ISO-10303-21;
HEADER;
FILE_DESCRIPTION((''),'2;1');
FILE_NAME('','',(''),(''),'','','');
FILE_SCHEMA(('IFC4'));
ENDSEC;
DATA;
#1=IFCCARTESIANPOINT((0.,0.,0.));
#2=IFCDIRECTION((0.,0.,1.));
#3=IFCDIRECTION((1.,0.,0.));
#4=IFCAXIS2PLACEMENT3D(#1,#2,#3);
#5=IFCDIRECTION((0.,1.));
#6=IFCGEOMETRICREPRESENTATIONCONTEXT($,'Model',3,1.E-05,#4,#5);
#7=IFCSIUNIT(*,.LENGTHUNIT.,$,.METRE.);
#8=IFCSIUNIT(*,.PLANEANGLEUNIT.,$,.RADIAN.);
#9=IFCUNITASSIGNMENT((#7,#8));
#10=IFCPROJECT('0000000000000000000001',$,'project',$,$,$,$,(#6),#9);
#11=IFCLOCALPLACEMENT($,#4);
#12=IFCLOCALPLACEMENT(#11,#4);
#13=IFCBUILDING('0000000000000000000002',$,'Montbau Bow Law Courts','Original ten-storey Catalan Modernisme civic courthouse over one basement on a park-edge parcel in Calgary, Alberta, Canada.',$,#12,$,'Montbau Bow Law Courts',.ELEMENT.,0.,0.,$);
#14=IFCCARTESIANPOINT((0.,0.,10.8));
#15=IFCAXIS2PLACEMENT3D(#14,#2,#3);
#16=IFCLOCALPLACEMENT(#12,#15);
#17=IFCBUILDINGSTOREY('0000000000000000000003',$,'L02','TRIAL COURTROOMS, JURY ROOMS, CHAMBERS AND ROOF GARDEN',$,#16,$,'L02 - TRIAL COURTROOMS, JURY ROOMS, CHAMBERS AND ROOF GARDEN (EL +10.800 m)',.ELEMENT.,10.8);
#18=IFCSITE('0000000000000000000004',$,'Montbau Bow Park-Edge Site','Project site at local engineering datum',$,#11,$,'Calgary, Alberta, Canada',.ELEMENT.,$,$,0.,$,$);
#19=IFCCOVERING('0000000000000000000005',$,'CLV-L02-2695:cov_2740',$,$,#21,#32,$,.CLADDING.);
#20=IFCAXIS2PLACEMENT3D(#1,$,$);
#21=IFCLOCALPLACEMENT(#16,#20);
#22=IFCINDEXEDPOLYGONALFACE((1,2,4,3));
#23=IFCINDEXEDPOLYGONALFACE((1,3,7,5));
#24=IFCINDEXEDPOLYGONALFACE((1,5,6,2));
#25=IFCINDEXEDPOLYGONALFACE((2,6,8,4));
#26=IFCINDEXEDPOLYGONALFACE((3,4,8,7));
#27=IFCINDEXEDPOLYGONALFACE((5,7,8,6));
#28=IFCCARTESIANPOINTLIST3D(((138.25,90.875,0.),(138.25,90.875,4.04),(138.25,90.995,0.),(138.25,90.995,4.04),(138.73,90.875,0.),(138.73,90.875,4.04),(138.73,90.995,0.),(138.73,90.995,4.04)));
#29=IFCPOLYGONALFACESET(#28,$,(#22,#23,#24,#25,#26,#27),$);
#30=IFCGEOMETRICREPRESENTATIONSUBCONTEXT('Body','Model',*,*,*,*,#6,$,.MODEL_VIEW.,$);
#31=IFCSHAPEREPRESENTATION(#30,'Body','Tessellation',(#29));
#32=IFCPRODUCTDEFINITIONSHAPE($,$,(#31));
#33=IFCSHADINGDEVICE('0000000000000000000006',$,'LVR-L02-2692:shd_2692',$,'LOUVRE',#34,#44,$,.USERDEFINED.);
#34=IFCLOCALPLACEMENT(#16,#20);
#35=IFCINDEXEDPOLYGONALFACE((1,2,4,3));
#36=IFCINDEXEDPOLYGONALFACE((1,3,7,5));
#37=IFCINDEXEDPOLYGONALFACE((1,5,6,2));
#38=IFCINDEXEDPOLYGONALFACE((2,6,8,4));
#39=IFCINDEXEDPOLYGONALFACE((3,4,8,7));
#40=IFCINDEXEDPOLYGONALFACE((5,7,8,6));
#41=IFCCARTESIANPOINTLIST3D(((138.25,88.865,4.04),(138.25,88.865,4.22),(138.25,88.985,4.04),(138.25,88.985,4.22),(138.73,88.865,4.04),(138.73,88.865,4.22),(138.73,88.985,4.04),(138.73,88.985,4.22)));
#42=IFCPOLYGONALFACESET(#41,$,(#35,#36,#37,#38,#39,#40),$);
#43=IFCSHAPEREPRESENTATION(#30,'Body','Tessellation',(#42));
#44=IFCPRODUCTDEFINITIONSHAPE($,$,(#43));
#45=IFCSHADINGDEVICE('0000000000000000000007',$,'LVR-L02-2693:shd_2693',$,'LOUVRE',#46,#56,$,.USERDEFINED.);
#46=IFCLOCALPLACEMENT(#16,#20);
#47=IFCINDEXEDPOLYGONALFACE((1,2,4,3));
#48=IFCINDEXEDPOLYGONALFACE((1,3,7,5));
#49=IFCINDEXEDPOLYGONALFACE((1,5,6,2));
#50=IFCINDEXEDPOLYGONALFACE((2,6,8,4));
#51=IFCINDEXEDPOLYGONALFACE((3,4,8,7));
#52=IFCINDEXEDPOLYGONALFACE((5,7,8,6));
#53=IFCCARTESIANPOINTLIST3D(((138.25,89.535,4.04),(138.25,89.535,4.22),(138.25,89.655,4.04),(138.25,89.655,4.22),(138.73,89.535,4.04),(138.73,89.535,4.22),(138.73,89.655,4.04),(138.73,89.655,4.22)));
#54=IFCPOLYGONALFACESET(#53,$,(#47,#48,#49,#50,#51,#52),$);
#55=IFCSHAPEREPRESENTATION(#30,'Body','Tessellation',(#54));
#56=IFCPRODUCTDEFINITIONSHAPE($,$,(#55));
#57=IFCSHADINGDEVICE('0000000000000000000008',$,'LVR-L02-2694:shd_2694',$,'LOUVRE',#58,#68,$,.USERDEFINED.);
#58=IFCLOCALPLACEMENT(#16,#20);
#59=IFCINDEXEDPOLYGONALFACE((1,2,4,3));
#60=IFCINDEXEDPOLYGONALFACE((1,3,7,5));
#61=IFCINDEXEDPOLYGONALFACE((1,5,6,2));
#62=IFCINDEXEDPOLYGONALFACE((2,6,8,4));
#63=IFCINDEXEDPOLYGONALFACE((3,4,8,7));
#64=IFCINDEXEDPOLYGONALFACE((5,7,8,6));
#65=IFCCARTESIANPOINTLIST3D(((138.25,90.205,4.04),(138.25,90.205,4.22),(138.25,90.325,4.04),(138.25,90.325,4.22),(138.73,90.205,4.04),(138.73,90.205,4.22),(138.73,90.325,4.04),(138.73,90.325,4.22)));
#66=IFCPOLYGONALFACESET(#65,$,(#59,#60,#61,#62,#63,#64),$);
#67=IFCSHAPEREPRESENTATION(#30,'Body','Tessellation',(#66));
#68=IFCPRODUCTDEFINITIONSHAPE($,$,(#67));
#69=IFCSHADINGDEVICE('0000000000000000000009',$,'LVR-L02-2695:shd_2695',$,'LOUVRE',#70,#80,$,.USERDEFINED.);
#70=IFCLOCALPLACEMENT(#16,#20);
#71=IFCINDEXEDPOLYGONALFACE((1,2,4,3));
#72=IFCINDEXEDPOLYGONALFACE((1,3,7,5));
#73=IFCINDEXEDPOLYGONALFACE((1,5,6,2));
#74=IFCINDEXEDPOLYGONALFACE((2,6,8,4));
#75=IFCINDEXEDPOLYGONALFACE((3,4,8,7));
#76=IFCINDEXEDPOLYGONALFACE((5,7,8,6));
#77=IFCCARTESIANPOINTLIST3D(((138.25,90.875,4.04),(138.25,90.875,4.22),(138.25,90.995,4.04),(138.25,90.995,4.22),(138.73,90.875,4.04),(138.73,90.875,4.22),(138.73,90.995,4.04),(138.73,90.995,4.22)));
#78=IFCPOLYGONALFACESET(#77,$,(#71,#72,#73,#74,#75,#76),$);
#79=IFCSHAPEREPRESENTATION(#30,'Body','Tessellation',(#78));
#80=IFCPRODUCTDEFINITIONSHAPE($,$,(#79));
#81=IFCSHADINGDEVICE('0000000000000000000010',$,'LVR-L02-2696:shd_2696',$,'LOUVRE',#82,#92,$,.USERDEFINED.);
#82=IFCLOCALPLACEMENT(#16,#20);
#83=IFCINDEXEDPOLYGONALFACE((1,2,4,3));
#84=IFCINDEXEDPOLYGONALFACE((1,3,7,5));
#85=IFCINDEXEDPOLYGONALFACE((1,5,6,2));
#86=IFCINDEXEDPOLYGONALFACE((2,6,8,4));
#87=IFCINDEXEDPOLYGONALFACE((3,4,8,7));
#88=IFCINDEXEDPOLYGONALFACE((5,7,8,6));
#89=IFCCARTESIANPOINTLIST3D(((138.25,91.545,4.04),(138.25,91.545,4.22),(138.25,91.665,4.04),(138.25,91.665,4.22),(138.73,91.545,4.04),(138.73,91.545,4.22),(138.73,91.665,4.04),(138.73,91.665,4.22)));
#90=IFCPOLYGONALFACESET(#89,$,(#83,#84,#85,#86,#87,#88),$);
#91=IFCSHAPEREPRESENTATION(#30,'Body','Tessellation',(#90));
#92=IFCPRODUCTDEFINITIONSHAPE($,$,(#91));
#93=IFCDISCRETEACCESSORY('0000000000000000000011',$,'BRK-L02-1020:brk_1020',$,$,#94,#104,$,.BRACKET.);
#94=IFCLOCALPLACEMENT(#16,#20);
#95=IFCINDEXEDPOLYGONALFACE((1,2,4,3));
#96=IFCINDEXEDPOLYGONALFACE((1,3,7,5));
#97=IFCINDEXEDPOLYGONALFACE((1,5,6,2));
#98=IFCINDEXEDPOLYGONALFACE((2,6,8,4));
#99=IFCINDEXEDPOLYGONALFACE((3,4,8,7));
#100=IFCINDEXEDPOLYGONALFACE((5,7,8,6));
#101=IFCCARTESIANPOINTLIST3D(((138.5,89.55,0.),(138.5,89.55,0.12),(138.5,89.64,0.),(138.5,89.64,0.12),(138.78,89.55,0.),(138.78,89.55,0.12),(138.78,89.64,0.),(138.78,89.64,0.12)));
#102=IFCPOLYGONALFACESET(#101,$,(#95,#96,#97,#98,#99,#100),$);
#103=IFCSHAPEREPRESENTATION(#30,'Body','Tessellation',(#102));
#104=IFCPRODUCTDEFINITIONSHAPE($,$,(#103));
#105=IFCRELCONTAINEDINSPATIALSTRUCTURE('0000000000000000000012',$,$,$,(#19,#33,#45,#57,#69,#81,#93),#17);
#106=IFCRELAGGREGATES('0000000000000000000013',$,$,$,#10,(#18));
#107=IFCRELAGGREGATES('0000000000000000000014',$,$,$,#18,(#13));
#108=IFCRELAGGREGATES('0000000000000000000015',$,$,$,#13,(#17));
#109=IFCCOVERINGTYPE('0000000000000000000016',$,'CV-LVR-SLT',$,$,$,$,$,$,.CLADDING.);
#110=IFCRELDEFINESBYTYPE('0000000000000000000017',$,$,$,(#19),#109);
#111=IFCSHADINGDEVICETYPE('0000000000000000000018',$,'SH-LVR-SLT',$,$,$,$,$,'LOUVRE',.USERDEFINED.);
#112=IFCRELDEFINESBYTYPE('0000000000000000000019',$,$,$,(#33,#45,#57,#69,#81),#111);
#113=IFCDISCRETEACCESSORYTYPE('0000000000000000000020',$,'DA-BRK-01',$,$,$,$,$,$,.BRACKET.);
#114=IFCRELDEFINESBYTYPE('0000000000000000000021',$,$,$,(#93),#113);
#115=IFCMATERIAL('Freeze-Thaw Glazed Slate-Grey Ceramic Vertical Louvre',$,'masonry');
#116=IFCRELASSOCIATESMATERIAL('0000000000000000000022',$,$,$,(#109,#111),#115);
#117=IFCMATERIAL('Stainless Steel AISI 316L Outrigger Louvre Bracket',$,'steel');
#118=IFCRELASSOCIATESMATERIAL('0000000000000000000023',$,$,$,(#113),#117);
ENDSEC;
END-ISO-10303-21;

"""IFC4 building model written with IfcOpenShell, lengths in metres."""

from ifc_helpers import new_model, si_unit, direction, frame, frame_2d, origin_with_axes, origin_2d_with_axis, place, context, subcontext, project, spatial, rectangle, extrude, material, type_object, element, save


model = new_model("IFC4")

# Units and contexts
model_context = context("Model", 3, precision=1e-05, world=origin_with_axes(), true_north=direction((0.0, 1.0)))
body_context = subcontext(model_context, "Body", "Model", "MODEL_VIEW")
ifc_project = project(units=[si_unit("LENGTHUNIT", "METRE"), si_unit("PLANEANGLEUNIT", "RADIAN")], contexts=[model_context])

# Site, building, storey
site_placement = place(None, origin_with_axes())
site = spatial("IfcSite", under=ifc_project, at=site_placement, Name="Montbau Bow Park-Edge Site", Description="Project site at local engineering datum", LongName="Calgary, Alberta, Canada", CompositionType="ELEMENT", RefElevation=0.0)
building_placement = place(site_placement, origin_with_axes())
building = spatial("IfcBuilding", under=site, at=building_placement, Name="Montbau Bow Law Courts", Description="Original ten-storey Catalan Modernisme civic courthouse over one basement on a park-edge parcel in Calgary, Alberta, Canada.", LongName="Montbau Bow Law Courts", CompositionType="ELEMENT", ElevationOfRefHeight=0.0, ElevationOfTerrain=0.0)
storey_placement = place(building_placement, frame((0.0, 0.0, 10.8), z_axis=(0.0, 0.0, 1.0), x_axis=(1.0, 0.0, 0.0)))
storey = spatial("IfcBuildingStorey", under=building, at=storey_placement, Name="L02", Description="TRIAL COURTROOMS, JURY ROOMS, CHAMBERS AND ROOF GARDEN", LongName="L02 - TRIAL COURTROOMS, JURY ROOMS, CHAMBERS AND ROOF GARDEN (EL +10.800 m)", CompositionType="ELEMENT", Elevation=10.8)

# Covering
ifc_material_1 = material(Name="Freeze-Thaw Glazed Slate-Grey Ceramic Vertical Louvre", Category="masonry")
covering_type = type_object("IfcCoveringType", Name="CV-LVR-SLT", PredefinedType="CLADDING", material=ifc_material_1)
for number, where, z_axis, x_axis, name in (
    (1, (138.73, 90.935, 10.8), (0.0, 1.0, 0.0), (-1.0, 0.0, 0.0), "CLV-L02-2695:cov_2740"),
):
    element("IfcCovering", number, at=place(None, frame(where, z_axis=z_axis, x_axis=x_axis)), inside=storey, type_object=covering_type, Name=name, PredefinedType="CLADDING", context=body_context, shape_type="SweptSolid", body=[
        extrude(rectangle(XDim=0.48, YDim=4.04, at=frame_2d((0.24, 2.02), x_axis=(1.0, 0.0))), frame((0.0, 0.0, -0.06), z_axis=(0.0, 0.0, 1.0), x_axis=(1.0, 0.0, 0.0)), (0.0, 0.0, 1.0), 0.12),
    ])

# Shading devices
shading_device_type = type_object("IfcShadingDeviceType", Name="SH-LVR-SLT", ElementType="LOUVRE", PredefinedType="USERDEFINED", material=ifc_material_1)
for number, where, z_axis, x_axis, name in (
    (2, (138.49, 88.925, 14.84), (0.0, 0.0, 1.0), (-1.0, 0.0, 0.0), "LVR-L02-2692:shd_2692"),
    (3, (138.49, 89.595, 14.84), (0.0, 0.0, 1.0), (-1.0, 0.0, 0.0), "LVR-L02-2693:shd_2693"),
    (4, (138.49, 90.265, 14.84), (0.0, 0.0, 1.0), (-1.0, 0.0, 0.0), "LVR-L02-2694:shd_2694"),
    (5, (138.49, 90.935, 14.84), (0.0, 0.0, 1.0), (-1.0, 0.0, 0.0), "LVR-L02-2695:shd_2695"),
    (6, (138.49, 91.605, 14.84), (0.0, 0.0, 1.0), (-1.0, 0.0, 0.0), "LVR-L02-2696:shd_2696"),
):
    element("IfcShadingDevice", number, at=place(None, frame(where, z_axis=z_axis, x_axis=x_axis)), inside=storey, type_object=shading_device_type, Name=name, ObjectType="LOUVRE", PredefinedType="USERDEFINED", context=body_context, shape_type="SweptSolid", body=[
        extrude(rectangle(XDim=0.48, YDim=0.12, at=origin_2d_with_axis()), origin_with_axes(), (0.0, 0.0, 1.0), 0.18),
    ])

# Discrete accessory
ifc_material_2 = material(Name="Stainless Steel AISI 316L Outrigger Louvre Bracket", Category="steel")
discrete_accessory_type = type_object("IfcDiscreteAccessoryType", Name="DA-BRK-01", PredefinedType="BRACKET", material=ifc_material_2)
discrete_accessory_placement = place(None, frame((138.64, 89.595, 10.8), z_axis=(0.0, 0.0, 1.0), x_axis=(-1.0, 0.0, 0.0)))
element("IfcDiscreteAccessory", 7, at=discrete_accessory_placement, inside=storey, type_object=discrete_accessory_type, Name="BRK-L02-1020:brk_1020", PredefinedType="BRACKET", context=body_context, shape_type="SweptSolid", body=[
    extrude(rectangle(XDim=0.28, YDim=0.09, at=origin_2d_with_axis()), origin_with_axes(), (0.0, 0.0, 1.0), 0.12),
])

save(model, "model.ifc")
